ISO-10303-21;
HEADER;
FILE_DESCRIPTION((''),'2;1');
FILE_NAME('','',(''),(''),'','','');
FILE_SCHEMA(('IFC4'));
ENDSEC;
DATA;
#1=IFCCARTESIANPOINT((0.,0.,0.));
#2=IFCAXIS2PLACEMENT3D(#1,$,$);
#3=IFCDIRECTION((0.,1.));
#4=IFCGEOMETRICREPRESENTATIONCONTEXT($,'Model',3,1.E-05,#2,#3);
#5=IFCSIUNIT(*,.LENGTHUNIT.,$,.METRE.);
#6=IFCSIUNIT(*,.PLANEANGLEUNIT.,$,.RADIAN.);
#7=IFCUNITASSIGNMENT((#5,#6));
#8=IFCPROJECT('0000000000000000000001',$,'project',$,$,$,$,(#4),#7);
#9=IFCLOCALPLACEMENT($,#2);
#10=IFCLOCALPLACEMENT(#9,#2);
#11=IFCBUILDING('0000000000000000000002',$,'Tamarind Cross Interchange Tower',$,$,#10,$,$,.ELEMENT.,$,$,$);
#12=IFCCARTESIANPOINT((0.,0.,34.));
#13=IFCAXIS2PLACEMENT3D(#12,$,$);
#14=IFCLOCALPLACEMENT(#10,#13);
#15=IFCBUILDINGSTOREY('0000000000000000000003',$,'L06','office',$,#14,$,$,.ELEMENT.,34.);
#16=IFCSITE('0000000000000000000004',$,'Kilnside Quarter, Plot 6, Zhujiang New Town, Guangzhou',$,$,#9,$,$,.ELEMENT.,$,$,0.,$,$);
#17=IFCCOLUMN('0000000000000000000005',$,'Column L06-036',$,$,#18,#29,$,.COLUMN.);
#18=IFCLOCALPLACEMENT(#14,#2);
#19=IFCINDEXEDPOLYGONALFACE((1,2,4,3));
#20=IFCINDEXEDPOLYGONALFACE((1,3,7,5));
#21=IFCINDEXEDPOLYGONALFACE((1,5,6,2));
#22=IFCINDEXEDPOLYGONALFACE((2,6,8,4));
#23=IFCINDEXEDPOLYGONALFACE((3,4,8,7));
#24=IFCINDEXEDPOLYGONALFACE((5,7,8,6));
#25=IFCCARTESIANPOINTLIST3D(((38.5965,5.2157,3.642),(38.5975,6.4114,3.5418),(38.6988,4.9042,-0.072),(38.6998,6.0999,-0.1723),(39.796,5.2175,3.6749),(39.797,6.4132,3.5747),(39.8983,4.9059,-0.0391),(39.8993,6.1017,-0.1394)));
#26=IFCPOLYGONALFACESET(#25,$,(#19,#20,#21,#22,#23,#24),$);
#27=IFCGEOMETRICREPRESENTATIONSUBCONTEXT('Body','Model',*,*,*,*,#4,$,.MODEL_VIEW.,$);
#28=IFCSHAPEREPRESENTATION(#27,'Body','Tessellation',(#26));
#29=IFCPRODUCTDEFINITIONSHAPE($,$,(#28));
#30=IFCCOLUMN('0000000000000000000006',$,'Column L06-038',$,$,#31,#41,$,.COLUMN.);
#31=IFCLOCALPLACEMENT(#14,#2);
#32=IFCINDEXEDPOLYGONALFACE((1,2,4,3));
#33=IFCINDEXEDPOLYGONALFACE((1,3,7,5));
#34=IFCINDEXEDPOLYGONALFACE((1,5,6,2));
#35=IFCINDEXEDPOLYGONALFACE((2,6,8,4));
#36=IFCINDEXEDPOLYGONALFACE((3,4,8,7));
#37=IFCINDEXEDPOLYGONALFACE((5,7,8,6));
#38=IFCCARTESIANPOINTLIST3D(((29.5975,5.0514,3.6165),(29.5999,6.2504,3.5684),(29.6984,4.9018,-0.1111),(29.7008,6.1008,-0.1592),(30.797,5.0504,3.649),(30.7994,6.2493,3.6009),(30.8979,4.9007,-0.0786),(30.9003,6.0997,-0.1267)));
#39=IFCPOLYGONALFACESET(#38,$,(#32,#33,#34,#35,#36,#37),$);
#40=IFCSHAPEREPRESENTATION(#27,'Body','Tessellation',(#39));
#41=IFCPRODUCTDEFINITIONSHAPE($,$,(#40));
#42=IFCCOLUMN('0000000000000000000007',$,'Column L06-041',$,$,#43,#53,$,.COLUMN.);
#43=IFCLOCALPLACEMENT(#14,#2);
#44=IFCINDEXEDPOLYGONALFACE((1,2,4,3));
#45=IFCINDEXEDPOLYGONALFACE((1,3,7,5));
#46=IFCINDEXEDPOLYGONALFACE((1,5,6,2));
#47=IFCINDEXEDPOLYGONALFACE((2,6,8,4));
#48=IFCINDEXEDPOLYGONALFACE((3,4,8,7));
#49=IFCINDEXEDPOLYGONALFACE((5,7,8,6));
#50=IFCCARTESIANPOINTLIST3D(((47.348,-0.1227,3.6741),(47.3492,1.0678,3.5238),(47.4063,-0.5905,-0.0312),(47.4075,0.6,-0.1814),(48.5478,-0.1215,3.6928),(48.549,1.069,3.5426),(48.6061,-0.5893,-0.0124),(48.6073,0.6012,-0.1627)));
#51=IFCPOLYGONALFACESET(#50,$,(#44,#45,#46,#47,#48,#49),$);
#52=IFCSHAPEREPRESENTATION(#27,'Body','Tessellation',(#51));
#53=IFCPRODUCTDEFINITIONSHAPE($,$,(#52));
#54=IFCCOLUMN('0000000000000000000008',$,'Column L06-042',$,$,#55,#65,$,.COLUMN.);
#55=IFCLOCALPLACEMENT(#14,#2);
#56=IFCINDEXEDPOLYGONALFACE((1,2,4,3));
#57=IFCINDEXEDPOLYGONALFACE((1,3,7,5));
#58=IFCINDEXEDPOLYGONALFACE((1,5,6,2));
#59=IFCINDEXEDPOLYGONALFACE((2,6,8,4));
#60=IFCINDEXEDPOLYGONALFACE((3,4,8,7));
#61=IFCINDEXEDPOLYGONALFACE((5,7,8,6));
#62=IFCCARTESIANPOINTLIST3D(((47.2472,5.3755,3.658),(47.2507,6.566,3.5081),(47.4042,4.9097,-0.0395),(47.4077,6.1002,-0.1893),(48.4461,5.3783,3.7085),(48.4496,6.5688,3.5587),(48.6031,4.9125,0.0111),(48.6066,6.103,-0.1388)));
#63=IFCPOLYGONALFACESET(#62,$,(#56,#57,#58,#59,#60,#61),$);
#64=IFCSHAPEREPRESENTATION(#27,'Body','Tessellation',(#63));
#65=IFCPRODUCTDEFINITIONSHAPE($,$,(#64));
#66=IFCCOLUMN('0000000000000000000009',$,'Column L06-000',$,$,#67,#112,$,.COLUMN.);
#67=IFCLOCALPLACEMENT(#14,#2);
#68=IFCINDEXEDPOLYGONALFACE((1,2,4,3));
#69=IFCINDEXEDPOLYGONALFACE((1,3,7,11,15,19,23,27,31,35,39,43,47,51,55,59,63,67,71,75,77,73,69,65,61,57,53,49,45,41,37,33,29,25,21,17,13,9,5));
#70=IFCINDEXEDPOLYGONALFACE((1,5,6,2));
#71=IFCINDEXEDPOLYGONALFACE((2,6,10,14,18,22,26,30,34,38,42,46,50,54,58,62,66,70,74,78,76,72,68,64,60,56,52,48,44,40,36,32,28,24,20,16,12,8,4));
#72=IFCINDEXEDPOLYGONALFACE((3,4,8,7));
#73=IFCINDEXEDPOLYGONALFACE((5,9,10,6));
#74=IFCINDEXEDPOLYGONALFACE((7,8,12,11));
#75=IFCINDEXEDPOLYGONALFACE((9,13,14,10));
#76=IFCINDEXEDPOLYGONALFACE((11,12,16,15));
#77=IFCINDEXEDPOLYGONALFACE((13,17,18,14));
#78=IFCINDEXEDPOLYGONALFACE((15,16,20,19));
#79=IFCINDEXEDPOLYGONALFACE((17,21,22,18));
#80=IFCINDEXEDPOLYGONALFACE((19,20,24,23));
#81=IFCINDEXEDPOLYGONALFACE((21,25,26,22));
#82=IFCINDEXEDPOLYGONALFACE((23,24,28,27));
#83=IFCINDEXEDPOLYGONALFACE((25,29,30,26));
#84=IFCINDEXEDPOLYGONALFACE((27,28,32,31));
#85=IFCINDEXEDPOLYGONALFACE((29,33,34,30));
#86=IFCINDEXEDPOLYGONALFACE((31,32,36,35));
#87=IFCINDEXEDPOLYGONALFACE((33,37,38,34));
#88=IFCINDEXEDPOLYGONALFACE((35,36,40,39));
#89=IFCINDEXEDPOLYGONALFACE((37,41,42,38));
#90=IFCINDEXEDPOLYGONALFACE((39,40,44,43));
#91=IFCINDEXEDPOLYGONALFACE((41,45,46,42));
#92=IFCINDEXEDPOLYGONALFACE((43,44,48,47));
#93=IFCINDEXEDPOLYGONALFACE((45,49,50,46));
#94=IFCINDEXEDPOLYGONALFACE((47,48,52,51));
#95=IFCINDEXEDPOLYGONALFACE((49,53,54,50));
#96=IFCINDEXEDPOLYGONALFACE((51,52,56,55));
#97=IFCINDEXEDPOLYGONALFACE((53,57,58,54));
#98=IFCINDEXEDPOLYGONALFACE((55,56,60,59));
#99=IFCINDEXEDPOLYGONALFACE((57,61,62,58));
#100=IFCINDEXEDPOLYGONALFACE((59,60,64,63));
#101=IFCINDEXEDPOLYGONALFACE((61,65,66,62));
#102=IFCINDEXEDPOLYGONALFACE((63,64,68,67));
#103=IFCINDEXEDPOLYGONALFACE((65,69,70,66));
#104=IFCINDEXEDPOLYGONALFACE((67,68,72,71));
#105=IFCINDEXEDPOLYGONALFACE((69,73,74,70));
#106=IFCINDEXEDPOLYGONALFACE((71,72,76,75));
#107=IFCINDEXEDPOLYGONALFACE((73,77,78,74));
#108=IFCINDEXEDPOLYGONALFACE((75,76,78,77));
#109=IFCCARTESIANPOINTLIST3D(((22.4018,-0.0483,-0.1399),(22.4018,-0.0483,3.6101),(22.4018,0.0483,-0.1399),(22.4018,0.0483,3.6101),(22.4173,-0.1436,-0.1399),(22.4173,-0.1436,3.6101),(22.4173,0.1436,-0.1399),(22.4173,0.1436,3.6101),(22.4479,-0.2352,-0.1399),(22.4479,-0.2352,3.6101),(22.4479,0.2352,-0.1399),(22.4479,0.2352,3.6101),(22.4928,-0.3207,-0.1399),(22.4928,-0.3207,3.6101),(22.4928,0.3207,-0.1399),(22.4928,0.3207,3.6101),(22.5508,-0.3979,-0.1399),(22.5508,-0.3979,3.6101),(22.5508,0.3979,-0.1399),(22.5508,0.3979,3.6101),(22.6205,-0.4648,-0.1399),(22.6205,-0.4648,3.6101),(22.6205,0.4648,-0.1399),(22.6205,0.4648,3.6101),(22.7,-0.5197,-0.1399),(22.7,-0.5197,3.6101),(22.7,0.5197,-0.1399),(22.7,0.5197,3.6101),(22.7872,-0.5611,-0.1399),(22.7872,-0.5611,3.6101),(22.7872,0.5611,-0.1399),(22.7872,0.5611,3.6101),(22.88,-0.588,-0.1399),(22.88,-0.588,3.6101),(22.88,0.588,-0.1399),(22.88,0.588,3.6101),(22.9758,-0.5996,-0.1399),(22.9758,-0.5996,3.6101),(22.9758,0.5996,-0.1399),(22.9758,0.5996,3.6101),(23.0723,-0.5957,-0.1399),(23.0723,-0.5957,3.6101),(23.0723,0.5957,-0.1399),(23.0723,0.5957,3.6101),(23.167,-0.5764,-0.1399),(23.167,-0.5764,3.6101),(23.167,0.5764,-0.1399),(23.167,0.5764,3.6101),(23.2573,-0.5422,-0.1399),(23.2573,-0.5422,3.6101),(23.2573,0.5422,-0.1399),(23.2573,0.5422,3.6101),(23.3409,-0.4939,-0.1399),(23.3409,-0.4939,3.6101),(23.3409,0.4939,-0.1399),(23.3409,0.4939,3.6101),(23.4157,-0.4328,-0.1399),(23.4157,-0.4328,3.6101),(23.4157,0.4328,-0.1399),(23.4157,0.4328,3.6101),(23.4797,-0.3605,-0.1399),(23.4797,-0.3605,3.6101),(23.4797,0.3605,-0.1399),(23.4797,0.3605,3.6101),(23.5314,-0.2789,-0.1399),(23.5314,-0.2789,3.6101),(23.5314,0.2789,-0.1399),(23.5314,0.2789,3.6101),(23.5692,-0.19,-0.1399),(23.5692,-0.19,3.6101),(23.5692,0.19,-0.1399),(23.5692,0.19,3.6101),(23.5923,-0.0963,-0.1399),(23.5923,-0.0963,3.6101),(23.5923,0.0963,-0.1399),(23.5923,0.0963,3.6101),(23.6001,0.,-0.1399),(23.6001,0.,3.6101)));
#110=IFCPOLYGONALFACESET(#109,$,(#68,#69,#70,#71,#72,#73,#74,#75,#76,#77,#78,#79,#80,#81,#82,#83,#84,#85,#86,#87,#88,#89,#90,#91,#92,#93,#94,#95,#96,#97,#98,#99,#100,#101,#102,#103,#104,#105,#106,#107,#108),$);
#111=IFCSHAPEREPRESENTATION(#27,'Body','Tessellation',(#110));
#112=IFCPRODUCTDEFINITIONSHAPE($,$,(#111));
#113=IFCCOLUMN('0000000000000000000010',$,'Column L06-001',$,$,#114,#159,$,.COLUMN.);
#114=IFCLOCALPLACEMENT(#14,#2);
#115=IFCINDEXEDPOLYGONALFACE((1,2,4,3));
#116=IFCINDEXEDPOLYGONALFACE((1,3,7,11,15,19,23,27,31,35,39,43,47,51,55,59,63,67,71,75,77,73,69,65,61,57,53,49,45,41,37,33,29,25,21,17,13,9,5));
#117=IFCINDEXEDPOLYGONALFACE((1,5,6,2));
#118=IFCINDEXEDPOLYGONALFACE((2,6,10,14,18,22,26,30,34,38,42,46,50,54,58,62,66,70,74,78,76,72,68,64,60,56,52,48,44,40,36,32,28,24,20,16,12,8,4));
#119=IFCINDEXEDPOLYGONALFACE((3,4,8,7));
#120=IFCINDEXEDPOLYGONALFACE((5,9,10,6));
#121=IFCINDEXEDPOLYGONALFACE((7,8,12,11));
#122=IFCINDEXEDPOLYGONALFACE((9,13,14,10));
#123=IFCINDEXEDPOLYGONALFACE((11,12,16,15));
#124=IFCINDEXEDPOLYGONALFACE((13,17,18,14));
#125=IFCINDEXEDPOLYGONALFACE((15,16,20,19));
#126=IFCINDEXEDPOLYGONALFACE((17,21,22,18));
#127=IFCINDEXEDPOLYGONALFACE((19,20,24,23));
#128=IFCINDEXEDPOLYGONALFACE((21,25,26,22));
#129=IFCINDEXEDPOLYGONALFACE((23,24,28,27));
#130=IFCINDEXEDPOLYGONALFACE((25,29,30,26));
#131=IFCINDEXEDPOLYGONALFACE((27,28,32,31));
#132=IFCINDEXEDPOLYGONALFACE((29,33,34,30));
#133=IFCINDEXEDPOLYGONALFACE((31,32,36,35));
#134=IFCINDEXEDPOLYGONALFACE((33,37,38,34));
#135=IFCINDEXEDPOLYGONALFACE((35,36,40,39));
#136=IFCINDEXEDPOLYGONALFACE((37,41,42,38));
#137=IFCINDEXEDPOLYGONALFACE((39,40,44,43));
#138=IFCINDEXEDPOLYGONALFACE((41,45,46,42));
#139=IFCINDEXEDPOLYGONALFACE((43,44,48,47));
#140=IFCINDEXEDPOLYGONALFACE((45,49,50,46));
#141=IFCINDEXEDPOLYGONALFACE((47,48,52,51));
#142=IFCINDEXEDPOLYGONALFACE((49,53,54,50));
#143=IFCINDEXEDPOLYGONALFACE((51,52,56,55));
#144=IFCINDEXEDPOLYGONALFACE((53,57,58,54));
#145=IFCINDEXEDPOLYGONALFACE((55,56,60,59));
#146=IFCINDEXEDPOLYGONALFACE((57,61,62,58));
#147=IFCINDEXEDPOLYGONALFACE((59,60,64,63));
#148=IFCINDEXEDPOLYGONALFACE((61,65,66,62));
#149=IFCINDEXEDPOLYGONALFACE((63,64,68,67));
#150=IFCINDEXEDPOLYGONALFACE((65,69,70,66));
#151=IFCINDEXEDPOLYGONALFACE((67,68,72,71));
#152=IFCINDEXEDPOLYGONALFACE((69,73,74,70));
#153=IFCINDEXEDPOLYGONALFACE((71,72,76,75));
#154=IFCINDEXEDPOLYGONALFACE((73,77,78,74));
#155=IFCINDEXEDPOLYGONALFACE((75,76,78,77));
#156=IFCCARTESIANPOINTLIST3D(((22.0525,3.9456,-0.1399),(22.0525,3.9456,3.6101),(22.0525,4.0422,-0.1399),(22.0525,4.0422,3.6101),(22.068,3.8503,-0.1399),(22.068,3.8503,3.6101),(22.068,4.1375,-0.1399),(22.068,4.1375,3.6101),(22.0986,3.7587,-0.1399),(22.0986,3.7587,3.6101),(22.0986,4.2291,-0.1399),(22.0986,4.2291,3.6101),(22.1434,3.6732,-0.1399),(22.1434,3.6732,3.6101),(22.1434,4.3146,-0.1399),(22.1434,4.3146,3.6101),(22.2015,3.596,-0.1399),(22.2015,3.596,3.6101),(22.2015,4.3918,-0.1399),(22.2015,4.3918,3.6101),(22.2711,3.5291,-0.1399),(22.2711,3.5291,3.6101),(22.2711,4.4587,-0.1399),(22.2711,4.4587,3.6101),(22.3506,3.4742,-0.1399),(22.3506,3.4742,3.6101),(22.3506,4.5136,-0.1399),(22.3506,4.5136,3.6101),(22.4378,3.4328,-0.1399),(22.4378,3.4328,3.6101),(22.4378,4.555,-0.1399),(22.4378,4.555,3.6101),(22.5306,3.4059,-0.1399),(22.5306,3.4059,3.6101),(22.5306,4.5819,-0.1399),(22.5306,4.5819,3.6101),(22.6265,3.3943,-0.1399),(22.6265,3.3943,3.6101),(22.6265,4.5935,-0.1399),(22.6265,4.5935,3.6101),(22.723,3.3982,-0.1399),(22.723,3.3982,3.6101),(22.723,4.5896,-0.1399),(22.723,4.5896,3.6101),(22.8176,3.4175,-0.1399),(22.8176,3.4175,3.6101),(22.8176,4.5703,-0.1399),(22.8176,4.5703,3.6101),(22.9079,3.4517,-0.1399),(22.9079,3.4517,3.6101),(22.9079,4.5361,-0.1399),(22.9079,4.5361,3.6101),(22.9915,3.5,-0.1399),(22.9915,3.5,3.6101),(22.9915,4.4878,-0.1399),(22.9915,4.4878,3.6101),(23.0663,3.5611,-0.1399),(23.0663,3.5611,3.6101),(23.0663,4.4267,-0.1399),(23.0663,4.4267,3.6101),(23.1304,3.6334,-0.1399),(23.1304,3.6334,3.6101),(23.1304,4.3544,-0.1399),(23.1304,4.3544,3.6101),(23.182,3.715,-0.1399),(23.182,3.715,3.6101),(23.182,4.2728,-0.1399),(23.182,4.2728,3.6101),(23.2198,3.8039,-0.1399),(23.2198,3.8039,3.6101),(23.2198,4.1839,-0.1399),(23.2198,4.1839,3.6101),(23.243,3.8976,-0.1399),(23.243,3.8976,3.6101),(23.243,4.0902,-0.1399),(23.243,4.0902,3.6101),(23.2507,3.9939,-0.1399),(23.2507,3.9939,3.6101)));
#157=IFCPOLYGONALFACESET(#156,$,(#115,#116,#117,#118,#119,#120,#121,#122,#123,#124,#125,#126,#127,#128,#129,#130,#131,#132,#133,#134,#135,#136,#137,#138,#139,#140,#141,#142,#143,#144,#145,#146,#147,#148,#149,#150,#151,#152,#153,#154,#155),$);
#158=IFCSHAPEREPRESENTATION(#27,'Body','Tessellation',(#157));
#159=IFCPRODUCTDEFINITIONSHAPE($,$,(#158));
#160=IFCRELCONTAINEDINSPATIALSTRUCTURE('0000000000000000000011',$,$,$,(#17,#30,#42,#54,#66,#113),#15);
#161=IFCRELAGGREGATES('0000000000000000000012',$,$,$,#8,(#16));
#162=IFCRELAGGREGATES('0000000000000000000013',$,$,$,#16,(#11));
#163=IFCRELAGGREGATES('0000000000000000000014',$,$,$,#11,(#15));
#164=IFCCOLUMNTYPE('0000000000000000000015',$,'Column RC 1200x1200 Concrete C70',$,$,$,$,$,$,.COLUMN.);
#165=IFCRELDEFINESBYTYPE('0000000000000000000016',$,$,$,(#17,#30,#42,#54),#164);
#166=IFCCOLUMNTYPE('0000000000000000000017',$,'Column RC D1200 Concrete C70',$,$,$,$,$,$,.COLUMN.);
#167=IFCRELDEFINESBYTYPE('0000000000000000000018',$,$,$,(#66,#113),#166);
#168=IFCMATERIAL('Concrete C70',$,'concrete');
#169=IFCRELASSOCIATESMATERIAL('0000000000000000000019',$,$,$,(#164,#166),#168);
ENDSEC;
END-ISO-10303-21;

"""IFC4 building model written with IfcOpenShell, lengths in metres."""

from ifc_helpers import new_model, si_unit, direction, frame, origin, origin_2d, place, context, subcontext, project, spatial, rectangle, circle, extrude, material, material_profile, profile_set, type_object, element, save


model = new_model("IFC4")

# Units and contexts
model_context = context("Model", 3, precision=1e-05, world=origin(), true_north=direction((0.0, 1.0)))
body_context = subcontext(model_context, "Body", "Model", "MODEL_VIEW")
ifc_project = project(units=[si_unit("LENGTHUNIT", "METRE"), si_unit("PLANEANGLEUNIT", "RADIAN")], contexts=[model_context])

# Site, building, storey
site_placement = place(None, origin())
site = spatial("IfcSite", under=ifc_project, at=site_placement, Name="Kilnside Quarter, Plot 6, Zhujiang New Town, Guangzhou", CompositionType="ELEMENT", RefElevation=0.0)
building_placement = place(site_placement, origin())
building = spatial("IfcBuilding", under=site, at=building_placement, Name="Tamarind Cross Interchange Tower", CompositionType="ELEMENT")
storey_placement = place(building_placement, frame((0.0, 0.0, 34.0)))
storey = spatial("IfcBuildingStorey", under=building, at=storey_placement, Name="L06", Description="office", CompositionType="ELEMENT", Elevation=34.0)

# Columns
ifc_material_1 = material(Name="Concrete C70", Category="concrete")
ifc_material_profile_1 = material_profile(ifc_material_1, rectangle(XDim=1.2, YDim=1.2, at=origin_2d()), Name="RC 1200x1200")
ifc_profile_set_1 = profile_set([ifc_material_profile_1], Name="Concrete C70")
column_type_1 = type_object("IfcColumnType", Name="Column RC 1200x1200 Concrete C70", PredefinedType="COLUMN", material=ifc_profile_set_1)
column_1_placement = place(storey_placement, frame((39.2991, 5.5029, -0.1057), z_axis=(-0.027436, 0.083551, 0.996126), x_axis=(-0.000803, -0.996502, 0.08356)))
element("IfcColumn", 1, at=column_1_placement, inside=storey, type_object=column_type_1, Name="Column L06-036", PredefinedType="COLUMN", context=body_context, shape_type="SweptSolid", body=[
    extrude(rectangle(XDim=1.2, YDim=1.2, at=origin_2d()), origin(), (0.0, 0.0, 1.0), 3.7285),
])
column_2_placement = place(storey_placement, frame((30.2993, 5.5007, -0.1189), z_axis=(-0.027018, 0.040102, 0.99883), x_axis=(-0.001996, -0.999195, 0.040063)))
element("IfcColumn", 2, at=column_2_placement, inside=storey, type_object=column_type_1, Name="Column L06-038", PredefinedType="COLUMN", context=body_context, shape_type="SweptSolid", body=[
    extrude(rectangle(XDim=1.2, YDim=1.2, at=origin_2d()), origin(), (0.0, 0.0, 1.0), 3.7319),
])
column_3_placement = place(storey_placement, frame((48.0068, 0.0054, -0.0969), z_axis=(-0.015622, 0.125234, 0.992004), x_axis=(-0.000996, -0.992127, 0.125234)))
element("IfcColumn", 3, at=column_3_placement, inside=storey, type_object=column_type_1, Name="Column L06-041", PredefinedType="COLUMN", context=body_context, shape_type="SweptSolid", body=[
    extrude(rectangle(XDim=1.2, YDim=1.2, at=origin_2d()), origin(), (0.0, 0.0, 1.0), 3.7351),
])
column_4_placement = place(storey_placement, frame((48.0054, 5.5063, -0.0891), z_axis=(-0.042086, 0.124883, 0.991278), x_axis=(-0.002931, -0.992169, 0.124871)))
element("IfcColumn", 4, at=column_4_placement, inside=storey, type_object=column_type_1, Name="Column L06-042", PredefinedType="COLUMN", context=body_context, shape_type="SweptSolid", body=[
    extrude(rectangle(XDim=1.2, YDim=1.2, at=origin_2d()), origin(), (0.0, 0.0, 1.0), 3.73),
])
ifc_material_profile_2 = material_profile(ifc_material_1, circle(Radius=0.6001, at=origin_2d()), Name="RC D1200")
ifc_profile_set_2 = profile_set([ifc_material_profile_2], Name="Concrete C70")
column_type_2 = type_object("IfcColumnType", Name="Column RC D1200 Concrete C70", PredefinedType="COLUMN", material=ifc_profile_set_2)
for number, where, z_axis, x_axis, name in (
    (5, (23.0, 0.0, -0.1399), (0.0, 0.0, 1.0), (1.0, 0.0, 0.0), "Column L06-000"),
    (6, (22.6506, 3.9939, -0.1399), (0.0, 0.0, 1.0), (1.0, 0.0, 0.0), "Column L06-001"),
):
    element("IfcColumn", number, at=place(storey_placement, frame(where, z_axis=z_axis, x_axis=x_axis)), inside=storey, type_object=column_type_2, Name=name, PredefinedType="COLUMN", context=body_context, shape_type="SweptSolid", body=[
        extrude(circle(Radius=0.6001, at=origin_2d()), origin(), (0.0, 0.0, 1.0), 3.75),
    ])

save(model, "model.ifc")
